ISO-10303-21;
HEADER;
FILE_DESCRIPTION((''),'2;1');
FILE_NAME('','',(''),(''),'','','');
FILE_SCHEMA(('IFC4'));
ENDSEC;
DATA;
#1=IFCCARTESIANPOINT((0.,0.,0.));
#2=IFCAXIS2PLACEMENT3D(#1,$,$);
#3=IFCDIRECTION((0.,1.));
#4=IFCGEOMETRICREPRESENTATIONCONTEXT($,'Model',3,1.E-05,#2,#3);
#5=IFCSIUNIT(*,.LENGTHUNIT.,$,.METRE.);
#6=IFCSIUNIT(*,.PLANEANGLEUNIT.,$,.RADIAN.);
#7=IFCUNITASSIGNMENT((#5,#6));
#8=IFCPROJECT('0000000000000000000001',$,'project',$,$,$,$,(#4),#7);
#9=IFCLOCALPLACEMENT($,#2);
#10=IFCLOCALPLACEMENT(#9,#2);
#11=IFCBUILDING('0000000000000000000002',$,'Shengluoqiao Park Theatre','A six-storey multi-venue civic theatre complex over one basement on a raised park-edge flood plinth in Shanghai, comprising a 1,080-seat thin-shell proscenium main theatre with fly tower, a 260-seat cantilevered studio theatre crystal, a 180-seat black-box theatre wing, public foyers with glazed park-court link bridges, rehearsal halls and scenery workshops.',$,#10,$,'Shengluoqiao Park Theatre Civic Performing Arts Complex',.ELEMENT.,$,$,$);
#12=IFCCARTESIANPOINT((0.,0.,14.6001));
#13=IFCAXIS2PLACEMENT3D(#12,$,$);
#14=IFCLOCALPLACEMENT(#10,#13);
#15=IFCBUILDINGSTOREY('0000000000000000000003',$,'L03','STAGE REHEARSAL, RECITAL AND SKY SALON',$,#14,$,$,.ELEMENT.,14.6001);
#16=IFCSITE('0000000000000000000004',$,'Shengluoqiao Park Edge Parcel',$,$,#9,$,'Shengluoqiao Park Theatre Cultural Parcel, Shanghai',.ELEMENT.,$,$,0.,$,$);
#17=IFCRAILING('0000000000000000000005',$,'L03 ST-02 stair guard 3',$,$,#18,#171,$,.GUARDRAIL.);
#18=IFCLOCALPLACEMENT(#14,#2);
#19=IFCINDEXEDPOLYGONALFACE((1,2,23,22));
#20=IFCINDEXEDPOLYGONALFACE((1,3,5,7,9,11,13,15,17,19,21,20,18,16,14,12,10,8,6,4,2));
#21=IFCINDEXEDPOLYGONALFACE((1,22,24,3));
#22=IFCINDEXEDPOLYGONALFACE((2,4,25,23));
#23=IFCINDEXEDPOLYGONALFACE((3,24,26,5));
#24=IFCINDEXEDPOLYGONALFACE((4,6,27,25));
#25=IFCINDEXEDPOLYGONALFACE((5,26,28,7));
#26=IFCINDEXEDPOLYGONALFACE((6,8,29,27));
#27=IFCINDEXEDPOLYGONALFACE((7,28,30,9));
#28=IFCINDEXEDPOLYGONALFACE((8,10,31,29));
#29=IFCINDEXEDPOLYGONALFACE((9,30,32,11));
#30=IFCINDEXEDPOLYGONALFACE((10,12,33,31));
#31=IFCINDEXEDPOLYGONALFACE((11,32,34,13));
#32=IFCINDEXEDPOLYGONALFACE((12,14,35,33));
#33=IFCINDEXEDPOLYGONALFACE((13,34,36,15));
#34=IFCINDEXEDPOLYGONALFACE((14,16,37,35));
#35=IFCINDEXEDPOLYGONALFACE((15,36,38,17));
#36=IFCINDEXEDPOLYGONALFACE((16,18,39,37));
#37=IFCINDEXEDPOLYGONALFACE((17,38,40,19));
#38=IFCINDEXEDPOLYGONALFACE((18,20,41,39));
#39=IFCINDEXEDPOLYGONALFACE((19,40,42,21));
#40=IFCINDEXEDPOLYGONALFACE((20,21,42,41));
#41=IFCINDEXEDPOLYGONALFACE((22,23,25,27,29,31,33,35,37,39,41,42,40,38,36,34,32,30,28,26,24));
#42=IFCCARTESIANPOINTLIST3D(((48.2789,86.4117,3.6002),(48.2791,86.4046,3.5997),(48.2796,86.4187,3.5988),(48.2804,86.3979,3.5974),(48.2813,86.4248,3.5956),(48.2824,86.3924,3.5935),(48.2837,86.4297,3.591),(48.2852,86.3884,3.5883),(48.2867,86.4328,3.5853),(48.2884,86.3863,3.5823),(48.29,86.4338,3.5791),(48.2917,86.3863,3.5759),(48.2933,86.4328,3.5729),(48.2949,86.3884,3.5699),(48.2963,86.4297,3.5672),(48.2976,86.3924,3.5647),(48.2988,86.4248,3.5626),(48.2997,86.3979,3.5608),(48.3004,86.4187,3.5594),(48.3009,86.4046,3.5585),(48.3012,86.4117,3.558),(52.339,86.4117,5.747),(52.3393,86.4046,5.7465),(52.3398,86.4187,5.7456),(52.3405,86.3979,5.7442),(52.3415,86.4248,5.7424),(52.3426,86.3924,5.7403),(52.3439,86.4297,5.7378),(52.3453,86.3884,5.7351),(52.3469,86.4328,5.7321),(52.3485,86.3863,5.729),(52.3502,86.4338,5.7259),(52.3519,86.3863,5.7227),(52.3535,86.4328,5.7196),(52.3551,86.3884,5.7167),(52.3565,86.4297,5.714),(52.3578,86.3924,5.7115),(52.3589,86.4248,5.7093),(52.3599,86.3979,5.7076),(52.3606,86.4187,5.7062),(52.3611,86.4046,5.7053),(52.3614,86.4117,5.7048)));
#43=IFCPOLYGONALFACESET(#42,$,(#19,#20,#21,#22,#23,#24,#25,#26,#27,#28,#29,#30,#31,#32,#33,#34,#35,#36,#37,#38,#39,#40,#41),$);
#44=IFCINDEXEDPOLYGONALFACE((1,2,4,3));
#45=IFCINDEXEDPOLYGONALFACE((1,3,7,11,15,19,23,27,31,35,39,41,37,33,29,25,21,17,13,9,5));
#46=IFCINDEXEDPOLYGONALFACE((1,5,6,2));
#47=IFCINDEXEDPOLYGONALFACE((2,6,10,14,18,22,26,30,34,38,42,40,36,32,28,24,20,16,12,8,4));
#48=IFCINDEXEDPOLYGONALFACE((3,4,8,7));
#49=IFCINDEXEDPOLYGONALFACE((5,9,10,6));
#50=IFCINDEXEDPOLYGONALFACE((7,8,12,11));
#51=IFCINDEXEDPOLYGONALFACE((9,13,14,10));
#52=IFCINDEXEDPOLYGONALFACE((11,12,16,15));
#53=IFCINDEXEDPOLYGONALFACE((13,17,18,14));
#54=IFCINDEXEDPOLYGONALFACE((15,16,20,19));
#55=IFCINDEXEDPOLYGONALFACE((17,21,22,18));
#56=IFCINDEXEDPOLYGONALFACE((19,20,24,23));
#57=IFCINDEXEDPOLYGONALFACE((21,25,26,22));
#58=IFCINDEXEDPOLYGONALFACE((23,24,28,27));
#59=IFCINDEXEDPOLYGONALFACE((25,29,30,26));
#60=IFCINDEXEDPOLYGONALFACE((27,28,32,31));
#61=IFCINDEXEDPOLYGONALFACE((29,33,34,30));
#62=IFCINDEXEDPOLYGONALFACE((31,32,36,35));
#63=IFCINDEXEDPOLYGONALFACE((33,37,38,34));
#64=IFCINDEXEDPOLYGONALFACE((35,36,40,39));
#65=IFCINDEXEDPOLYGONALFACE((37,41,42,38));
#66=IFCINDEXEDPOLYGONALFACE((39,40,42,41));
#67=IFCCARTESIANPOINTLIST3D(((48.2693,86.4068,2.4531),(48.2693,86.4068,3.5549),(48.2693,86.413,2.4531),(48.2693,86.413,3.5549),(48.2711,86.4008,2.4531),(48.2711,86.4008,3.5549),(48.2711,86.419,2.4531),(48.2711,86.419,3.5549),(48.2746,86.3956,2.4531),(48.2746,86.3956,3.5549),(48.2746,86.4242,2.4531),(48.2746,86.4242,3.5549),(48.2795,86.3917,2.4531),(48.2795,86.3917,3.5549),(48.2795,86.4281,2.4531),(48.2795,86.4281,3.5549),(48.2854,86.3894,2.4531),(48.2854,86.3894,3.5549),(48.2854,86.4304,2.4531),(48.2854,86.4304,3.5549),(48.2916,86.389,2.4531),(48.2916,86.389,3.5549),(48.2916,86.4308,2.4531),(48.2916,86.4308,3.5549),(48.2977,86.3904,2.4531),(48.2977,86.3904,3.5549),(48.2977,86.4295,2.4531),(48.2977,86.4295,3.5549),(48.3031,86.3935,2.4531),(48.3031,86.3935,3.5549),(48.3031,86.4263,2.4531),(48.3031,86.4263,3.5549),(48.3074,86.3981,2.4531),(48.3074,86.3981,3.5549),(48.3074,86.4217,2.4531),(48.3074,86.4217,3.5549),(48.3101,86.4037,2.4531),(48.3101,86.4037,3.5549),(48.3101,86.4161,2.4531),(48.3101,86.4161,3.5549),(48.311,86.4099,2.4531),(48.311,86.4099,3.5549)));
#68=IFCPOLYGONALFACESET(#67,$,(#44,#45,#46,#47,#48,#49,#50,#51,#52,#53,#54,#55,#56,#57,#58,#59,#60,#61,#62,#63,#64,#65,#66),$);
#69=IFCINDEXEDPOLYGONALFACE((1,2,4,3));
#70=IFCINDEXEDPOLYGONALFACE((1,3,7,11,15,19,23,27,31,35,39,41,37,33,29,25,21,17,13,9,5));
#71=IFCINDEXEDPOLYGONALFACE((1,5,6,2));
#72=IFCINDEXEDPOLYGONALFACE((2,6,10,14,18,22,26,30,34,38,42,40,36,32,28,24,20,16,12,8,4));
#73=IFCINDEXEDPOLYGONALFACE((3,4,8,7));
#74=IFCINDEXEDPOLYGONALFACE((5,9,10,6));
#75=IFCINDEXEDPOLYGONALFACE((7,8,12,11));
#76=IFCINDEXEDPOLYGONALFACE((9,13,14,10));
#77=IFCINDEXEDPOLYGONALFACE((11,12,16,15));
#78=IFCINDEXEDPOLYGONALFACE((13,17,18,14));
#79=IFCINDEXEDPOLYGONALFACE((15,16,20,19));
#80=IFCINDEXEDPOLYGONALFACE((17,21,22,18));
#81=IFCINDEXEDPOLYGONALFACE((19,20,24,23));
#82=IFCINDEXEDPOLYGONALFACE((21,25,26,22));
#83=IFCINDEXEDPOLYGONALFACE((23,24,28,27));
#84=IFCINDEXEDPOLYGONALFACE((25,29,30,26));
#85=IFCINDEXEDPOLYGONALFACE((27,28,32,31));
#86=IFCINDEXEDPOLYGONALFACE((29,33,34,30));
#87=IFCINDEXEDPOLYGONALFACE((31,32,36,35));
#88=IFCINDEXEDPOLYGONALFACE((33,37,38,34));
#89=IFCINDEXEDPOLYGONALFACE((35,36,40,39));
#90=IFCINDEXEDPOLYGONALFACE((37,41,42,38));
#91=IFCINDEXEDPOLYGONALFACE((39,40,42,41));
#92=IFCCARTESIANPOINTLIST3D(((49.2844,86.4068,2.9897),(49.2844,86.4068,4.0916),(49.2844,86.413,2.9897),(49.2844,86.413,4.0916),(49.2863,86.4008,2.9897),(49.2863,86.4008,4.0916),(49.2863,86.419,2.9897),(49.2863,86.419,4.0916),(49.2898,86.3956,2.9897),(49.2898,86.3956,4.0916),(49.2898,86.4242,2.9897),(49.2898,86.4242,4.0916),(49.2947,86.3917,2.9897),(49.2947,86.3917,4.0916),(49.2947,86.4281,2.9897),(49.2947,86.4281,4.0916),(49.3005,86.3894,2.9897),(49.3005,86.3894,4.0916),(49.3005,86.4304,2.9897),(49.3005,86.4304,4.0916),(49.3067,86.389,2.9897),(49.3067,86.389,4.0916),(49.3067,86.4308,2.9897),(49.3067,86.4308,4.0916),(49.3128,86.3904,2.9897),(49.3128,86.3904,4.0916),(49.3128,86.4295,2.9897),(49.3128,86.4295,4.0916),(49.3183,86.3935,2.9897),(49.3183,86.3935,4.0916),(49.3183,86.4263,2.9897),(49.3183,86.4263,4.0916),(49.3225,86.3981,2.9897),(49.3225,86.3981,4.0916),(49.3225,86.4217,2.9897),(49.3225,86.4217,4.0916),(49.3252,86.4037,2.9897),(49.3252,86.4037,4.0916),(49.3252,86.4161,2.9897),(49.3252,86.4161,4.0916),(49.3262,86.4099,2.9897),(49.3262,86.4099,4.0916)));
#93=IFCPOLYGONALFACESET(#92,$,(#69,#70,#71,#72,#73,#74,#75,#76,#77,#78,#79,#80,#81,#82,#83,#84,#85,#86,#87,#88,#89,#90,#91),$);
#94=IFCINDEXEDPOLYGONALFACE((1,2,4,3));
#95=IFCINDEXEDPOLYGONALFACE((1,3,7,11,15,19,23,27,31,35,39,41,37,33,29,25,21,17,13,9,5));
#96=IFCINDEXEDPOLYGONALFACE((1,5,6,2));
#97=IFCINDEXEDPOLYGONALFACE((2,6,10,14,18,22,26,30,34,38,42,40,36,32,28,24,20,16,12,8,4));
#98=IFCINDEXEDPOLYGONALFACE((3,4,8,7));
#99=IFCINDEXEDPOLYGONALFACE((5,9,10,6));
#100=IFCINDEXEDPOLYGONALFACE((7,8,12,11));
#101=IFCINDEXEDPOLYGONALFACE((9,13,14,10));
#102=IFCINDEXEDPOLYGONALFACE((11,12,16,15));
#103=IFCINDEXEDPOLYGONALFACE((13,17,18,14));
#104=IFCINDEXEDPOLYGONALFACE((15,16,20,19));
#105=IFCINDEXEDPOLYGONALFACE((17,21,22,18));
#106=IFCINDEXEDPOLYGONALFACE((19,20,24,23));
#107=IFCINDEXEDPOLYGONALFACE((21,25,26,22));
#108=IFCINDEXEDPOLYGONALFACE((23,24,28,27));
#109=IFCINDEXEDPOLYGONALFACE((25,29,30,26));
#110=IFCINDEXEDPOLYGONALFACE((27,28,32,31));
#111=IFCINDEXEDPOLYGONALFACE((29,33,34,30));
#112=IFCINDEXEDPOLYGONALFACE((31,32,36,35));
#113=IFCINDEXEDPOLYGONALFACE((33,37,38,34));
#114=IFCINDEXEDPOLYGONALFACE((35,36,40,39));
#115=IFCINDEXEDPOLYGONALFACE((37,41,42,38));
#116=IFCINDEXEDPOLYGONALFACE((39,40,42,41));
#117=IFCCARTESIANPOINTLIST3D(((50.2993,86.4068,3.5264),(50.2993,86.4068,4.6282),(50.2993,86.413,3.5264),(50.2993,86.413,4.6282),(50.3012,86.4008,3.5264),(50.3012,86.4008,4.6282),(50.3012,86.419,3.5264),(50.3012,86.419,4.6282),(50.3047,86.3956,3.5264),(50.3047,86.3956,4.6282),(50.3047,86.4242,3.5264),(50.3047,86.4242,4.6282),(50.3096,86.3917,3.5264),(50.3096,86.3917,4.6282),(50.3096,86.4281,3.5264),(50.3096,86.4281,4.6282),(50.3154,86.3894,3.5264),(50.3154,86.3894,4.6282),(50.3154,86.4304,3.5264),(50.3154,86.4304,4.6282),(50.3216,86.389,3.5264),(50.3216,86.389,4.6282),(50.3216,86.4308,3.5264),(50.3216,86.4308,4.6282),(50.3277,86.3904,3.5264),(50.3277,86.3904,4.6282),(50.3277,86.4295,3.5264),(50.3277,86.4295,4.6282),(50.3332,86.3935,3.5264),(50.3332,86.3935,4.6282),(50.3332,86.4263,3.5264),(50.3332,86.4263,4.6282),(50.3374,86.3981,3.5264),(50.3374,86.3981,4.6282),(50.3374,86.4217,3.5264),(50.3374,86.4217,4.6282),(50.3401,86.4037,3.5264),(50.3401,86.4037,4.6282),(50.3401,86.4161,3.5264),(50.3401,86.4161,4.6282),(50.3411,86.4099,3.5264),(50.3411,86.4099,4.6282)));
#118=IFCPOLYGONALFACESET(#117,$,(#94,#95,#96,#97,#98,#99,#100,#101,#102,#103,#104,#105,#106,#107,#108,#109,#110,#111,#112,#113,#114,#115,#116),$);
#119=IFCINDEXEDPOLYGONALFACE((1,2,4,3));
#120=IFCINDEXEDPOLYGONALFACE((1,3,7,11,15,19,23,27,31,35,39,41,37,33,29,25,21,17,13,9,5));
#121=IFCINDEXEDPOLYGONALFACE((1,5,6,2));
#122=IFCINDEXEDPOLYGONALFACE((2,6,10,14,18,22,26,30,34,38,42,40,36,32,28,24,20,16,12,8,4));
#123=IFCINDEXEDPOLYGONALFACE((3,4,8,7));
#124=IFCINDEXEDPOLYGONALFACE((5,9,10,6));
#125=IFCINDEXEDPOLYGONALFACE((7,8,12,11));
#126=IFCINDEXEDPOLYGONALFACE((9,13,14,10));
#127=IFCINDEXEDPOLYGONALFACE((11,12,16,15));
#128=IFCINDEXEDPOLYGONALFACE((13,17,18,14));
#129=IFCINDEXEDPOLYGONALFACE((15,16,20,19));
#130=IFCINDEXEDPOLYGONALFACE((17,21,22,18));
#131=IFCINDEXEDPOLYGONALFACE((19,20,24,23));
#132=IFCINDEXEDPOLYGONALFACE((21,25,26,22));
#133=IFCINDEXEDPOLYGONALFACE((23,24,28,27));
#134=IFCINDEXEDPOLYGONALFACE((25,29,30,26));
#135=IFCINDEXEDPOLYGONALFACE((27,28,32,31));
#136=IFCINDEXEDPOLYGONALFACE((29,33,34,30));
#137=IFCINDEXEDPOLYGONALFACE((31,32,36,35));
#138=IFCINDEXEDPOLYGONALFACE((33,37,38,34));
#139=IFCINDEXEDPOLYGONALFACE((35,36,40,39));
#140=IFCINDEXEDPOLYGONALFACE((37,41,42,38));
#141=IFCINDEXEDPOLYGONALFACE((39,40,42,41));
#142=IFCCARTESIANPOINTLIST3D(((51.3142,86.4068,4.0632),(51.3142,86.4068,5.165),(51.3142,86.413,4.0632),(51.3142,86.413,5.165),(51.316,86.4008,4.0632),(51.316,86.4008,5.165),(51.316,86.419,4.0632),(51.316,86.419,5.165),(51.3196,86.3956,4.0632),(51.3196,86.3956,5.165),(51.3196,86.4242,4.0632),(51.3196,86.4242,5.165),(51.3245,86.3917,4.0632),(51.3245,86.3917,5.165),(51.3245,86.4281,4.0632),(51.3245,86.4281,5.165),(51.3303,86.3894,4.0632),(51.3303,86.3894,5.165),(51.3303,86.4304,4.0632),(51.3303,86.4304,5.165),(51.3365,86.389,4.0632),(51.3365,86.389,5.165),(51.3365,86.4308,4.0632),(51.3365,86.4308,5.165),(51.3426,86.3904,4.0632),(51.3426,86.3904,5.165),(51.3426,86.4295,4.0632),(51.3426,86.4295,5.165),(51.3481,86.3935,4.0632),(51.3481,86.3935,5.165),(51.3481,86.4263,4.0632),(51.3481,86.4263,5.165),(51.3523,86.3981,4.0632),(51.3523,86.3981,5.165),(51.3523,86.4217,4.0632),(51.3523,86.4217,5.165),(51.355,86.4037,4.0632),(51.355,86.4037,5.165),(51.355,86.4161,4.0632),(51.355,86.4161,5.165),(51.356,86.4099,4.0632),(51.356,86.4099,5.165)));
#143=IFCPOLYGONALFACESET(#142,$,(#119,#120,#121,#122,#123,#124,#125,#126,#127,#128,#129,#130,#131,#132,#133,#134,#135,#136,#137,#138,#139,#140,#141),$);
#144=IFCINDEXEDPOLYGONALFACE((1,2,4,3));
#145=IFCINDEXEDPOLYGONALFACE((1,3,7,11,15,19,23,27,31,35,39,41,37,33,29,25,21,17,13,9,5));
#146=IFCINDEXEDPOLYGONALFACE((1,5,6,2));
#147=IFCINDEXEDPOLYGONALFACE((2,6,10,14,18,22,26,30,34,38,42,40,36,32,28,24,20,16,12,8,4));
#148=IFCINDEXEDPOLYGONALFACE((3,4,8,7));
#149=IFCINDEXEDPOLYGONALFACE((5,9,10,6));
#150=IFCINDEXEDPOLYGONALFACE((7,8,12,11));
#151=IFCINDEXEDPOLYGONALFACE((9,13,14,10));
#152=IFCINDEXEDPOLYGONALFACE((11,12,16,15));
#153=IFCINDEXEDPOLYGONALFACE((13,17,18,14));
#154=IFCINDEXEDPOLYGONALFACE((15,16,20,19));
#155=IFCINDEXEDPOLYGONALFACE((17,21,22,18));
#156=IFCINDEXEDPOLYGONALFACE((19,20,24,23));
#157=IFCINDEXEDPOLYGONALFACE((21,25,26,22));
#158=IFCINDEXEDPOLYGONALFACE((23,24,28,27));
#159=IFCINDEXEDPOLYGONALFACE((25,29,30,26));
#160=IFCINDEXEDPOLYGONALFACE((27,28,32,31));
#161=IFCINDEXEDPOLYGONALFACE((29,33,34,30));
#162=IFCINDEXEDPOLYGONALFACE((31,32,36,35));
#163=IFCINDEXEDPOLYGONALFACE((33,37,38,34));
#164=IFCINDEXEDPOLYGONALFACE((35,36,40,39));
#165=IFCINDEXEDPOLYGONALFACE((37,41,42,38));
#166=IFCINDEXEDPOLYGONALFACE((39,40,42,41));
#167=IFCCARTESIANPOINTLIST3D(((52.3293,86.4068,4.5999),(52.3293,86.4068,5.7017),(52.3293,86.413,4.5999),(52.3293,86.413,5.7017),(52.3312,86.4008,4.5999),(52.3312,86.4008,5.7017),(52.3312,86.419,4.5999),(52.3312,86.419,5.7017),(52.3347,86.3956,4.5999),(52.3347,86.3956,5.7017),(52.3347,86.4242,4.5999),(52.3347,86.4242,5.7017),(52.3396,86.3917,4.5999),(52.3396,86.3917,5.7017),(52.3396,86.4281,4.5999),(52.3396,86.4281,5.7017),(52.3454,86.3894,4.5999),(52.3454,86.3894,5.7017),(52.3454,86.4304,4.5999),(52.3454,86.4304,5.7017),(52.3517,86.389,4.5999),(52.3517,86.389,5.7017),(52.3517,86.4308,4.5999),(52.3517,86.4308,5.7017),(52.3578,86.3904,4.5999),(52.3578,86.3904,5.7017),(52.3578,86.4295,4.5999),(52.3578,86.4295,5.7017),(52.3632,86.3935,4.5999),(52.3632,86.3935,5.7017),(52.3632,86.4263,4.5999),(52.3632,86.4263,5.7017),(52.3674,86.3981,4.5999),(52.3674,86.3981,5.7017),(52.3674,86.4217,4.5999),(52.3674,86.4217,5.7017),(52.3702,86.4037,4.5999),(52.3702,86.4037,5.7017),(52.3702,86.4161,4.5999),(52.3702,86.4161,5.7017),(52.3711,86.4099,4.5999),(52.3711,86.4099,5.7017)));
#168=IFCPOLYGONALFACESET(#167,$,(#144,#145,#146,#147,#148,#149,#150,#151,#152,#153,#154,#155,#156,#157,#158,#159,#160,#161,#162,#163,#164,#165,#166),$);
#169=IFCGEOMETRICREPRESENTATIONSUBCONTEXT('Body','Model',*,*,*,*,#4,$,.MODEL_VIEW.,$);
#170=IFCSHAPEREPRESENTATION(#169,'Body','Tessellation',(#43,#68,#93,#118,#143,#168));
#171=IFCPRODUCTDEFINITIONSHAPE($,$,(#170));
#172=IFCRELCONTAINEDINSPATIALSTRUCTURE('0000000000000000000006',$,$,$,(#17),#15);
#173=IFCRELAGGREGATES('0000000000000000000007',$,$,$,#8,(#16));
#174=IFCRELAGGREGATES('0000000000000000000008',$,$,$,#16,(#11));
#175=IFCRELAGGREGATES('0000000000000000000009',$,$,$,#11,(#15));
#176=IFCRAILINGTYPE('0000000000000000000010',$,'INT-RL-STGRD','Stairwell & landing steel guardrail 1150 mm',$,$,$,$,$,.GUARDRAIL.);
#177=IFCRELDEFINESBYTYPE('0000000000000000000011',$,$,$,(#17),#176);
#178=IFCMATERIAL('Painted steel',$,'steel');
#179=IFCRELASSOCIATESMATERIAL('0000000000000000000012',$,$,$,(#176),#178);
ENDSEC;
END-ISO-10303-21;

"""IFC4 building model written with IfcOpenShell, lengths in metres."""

from ifc_helpers import new_model, si_unit, direction, frame, origin, origin_2d, place, context, subcontext, project, spatial, circle, extrude, material, type_object, element, save


model = new_model("IFC4")

# Units and contexts
model_context = context("Model", 3, precision=1e-05, world=origin(), true_north=direction((0.0, 1.0)))
body_context = subcontext(model_context, "Body", "Model", "MODEL_VIEW")
ifc_project = project(units=[si_unit("LENGTHUNIT", "METRE"), si_unit("PLANEANGLEUNIT", "RADIAN")], contexts=[model_context])

# Site, building, storey
site_placement = place(None, origin())
site = spatial("IfcSite", under=ifc_project, at=site_placement, Name="Shengluoqiao Park Edge Parcel", LongName="Shengluoqiao Park Theatre Cultural Parcel, Shanghai", CompositionType="ELEMENT", RefElevation=0.0)
building_placement = place(site_placement, origin())
building = spatial("IfcBuilding", under=site, at=building_placement, Name="Shengluoqiao Park Theatre", Description="A six-storey multi-venue civic theatre complex over one basement on a raised park-edge flood plinth in Shanghai, comprising a 1,080-seat thin-shell proscenium main theatre with fly tower, a 260-seat cantilevered studio theatre crystal, a 180-seat black-box theatre wing, public foyers with glazed park-court link bridges, rehearsal halls and scenery workshops.", LongName="Shengluoqiao Park Theatre Civic Performing Arts Complex", CompositionType="ELEMENT")
storey_placement = place(building_placement, frame((0.0, 0.0, 14.6001)))
storey = spatial("IfcBuildingStorey", under=building, at=storey_placement, Name="L03", Description="STAGE REHEARSAL, RECITAL AND SKY SALON", CompositionType="ELEMENT", Elevation=14.6001)

# Railing
ifc_material_1 = material(Name="Painted steel", Category="steel")
railing_type_1 = type_object("IfcRailingType", Name="INT-RL-STGRD", Description="Stairwell & landing steel guardrail 1150 mm", PredefinedType="GUARDRAIL", material=ifc_material_1)
railing_1_placement = place(storey_placement, frame((48.29, 86.4099, 2.4531)))
element("IfcRailing", 1, at=railing_1_placement, inside=storey, type_object=railing_type_1, Name="L03 ST-02 stair guard 3", PredefinedType="GUARDRAIL", context=body_context, shape_type="SweptSolid", body=[
    extrude(circle(Radius=0.0239, at=origin_2d()), frame((0.0, 0.0, 1.126), z_axis=(0.884032, 0.0, 0.467426), x_axis=(0.0, 1.0, 0.0)), (0.0, 0.0, 1.0), 4.5928),
    extrude(circle(Radius=0.021, at=origin_2d()), origin(), (0.0, 0.0, 1.0), 1.1018),
    extrude(circle(Radius=0.021, at=origin_2d()), frame((1.0151, 0.0, 0.5366)), (0.0, 0.0, 1.0), 1.1018),
    extrude(circle(Radius=0.021, at=origin_2d()), frame((2.03, 0.0, 1.0732)), (0.0, 0.0, 1.0), 1.1018),
    extrude(circle(Radius=0.021, at=origin_2d()), frame((3.0449, 0.0, 1.6101)), (0.0, 0.0, 1.0), 1.1018),
    extrude(circle(Radius=0.021, at=origin_2d()), frame((4.0601, 0.0, 2.1467)), (0.0, 0.0, 1.0), 1.1018),
])

save(model, "model.ifc")
